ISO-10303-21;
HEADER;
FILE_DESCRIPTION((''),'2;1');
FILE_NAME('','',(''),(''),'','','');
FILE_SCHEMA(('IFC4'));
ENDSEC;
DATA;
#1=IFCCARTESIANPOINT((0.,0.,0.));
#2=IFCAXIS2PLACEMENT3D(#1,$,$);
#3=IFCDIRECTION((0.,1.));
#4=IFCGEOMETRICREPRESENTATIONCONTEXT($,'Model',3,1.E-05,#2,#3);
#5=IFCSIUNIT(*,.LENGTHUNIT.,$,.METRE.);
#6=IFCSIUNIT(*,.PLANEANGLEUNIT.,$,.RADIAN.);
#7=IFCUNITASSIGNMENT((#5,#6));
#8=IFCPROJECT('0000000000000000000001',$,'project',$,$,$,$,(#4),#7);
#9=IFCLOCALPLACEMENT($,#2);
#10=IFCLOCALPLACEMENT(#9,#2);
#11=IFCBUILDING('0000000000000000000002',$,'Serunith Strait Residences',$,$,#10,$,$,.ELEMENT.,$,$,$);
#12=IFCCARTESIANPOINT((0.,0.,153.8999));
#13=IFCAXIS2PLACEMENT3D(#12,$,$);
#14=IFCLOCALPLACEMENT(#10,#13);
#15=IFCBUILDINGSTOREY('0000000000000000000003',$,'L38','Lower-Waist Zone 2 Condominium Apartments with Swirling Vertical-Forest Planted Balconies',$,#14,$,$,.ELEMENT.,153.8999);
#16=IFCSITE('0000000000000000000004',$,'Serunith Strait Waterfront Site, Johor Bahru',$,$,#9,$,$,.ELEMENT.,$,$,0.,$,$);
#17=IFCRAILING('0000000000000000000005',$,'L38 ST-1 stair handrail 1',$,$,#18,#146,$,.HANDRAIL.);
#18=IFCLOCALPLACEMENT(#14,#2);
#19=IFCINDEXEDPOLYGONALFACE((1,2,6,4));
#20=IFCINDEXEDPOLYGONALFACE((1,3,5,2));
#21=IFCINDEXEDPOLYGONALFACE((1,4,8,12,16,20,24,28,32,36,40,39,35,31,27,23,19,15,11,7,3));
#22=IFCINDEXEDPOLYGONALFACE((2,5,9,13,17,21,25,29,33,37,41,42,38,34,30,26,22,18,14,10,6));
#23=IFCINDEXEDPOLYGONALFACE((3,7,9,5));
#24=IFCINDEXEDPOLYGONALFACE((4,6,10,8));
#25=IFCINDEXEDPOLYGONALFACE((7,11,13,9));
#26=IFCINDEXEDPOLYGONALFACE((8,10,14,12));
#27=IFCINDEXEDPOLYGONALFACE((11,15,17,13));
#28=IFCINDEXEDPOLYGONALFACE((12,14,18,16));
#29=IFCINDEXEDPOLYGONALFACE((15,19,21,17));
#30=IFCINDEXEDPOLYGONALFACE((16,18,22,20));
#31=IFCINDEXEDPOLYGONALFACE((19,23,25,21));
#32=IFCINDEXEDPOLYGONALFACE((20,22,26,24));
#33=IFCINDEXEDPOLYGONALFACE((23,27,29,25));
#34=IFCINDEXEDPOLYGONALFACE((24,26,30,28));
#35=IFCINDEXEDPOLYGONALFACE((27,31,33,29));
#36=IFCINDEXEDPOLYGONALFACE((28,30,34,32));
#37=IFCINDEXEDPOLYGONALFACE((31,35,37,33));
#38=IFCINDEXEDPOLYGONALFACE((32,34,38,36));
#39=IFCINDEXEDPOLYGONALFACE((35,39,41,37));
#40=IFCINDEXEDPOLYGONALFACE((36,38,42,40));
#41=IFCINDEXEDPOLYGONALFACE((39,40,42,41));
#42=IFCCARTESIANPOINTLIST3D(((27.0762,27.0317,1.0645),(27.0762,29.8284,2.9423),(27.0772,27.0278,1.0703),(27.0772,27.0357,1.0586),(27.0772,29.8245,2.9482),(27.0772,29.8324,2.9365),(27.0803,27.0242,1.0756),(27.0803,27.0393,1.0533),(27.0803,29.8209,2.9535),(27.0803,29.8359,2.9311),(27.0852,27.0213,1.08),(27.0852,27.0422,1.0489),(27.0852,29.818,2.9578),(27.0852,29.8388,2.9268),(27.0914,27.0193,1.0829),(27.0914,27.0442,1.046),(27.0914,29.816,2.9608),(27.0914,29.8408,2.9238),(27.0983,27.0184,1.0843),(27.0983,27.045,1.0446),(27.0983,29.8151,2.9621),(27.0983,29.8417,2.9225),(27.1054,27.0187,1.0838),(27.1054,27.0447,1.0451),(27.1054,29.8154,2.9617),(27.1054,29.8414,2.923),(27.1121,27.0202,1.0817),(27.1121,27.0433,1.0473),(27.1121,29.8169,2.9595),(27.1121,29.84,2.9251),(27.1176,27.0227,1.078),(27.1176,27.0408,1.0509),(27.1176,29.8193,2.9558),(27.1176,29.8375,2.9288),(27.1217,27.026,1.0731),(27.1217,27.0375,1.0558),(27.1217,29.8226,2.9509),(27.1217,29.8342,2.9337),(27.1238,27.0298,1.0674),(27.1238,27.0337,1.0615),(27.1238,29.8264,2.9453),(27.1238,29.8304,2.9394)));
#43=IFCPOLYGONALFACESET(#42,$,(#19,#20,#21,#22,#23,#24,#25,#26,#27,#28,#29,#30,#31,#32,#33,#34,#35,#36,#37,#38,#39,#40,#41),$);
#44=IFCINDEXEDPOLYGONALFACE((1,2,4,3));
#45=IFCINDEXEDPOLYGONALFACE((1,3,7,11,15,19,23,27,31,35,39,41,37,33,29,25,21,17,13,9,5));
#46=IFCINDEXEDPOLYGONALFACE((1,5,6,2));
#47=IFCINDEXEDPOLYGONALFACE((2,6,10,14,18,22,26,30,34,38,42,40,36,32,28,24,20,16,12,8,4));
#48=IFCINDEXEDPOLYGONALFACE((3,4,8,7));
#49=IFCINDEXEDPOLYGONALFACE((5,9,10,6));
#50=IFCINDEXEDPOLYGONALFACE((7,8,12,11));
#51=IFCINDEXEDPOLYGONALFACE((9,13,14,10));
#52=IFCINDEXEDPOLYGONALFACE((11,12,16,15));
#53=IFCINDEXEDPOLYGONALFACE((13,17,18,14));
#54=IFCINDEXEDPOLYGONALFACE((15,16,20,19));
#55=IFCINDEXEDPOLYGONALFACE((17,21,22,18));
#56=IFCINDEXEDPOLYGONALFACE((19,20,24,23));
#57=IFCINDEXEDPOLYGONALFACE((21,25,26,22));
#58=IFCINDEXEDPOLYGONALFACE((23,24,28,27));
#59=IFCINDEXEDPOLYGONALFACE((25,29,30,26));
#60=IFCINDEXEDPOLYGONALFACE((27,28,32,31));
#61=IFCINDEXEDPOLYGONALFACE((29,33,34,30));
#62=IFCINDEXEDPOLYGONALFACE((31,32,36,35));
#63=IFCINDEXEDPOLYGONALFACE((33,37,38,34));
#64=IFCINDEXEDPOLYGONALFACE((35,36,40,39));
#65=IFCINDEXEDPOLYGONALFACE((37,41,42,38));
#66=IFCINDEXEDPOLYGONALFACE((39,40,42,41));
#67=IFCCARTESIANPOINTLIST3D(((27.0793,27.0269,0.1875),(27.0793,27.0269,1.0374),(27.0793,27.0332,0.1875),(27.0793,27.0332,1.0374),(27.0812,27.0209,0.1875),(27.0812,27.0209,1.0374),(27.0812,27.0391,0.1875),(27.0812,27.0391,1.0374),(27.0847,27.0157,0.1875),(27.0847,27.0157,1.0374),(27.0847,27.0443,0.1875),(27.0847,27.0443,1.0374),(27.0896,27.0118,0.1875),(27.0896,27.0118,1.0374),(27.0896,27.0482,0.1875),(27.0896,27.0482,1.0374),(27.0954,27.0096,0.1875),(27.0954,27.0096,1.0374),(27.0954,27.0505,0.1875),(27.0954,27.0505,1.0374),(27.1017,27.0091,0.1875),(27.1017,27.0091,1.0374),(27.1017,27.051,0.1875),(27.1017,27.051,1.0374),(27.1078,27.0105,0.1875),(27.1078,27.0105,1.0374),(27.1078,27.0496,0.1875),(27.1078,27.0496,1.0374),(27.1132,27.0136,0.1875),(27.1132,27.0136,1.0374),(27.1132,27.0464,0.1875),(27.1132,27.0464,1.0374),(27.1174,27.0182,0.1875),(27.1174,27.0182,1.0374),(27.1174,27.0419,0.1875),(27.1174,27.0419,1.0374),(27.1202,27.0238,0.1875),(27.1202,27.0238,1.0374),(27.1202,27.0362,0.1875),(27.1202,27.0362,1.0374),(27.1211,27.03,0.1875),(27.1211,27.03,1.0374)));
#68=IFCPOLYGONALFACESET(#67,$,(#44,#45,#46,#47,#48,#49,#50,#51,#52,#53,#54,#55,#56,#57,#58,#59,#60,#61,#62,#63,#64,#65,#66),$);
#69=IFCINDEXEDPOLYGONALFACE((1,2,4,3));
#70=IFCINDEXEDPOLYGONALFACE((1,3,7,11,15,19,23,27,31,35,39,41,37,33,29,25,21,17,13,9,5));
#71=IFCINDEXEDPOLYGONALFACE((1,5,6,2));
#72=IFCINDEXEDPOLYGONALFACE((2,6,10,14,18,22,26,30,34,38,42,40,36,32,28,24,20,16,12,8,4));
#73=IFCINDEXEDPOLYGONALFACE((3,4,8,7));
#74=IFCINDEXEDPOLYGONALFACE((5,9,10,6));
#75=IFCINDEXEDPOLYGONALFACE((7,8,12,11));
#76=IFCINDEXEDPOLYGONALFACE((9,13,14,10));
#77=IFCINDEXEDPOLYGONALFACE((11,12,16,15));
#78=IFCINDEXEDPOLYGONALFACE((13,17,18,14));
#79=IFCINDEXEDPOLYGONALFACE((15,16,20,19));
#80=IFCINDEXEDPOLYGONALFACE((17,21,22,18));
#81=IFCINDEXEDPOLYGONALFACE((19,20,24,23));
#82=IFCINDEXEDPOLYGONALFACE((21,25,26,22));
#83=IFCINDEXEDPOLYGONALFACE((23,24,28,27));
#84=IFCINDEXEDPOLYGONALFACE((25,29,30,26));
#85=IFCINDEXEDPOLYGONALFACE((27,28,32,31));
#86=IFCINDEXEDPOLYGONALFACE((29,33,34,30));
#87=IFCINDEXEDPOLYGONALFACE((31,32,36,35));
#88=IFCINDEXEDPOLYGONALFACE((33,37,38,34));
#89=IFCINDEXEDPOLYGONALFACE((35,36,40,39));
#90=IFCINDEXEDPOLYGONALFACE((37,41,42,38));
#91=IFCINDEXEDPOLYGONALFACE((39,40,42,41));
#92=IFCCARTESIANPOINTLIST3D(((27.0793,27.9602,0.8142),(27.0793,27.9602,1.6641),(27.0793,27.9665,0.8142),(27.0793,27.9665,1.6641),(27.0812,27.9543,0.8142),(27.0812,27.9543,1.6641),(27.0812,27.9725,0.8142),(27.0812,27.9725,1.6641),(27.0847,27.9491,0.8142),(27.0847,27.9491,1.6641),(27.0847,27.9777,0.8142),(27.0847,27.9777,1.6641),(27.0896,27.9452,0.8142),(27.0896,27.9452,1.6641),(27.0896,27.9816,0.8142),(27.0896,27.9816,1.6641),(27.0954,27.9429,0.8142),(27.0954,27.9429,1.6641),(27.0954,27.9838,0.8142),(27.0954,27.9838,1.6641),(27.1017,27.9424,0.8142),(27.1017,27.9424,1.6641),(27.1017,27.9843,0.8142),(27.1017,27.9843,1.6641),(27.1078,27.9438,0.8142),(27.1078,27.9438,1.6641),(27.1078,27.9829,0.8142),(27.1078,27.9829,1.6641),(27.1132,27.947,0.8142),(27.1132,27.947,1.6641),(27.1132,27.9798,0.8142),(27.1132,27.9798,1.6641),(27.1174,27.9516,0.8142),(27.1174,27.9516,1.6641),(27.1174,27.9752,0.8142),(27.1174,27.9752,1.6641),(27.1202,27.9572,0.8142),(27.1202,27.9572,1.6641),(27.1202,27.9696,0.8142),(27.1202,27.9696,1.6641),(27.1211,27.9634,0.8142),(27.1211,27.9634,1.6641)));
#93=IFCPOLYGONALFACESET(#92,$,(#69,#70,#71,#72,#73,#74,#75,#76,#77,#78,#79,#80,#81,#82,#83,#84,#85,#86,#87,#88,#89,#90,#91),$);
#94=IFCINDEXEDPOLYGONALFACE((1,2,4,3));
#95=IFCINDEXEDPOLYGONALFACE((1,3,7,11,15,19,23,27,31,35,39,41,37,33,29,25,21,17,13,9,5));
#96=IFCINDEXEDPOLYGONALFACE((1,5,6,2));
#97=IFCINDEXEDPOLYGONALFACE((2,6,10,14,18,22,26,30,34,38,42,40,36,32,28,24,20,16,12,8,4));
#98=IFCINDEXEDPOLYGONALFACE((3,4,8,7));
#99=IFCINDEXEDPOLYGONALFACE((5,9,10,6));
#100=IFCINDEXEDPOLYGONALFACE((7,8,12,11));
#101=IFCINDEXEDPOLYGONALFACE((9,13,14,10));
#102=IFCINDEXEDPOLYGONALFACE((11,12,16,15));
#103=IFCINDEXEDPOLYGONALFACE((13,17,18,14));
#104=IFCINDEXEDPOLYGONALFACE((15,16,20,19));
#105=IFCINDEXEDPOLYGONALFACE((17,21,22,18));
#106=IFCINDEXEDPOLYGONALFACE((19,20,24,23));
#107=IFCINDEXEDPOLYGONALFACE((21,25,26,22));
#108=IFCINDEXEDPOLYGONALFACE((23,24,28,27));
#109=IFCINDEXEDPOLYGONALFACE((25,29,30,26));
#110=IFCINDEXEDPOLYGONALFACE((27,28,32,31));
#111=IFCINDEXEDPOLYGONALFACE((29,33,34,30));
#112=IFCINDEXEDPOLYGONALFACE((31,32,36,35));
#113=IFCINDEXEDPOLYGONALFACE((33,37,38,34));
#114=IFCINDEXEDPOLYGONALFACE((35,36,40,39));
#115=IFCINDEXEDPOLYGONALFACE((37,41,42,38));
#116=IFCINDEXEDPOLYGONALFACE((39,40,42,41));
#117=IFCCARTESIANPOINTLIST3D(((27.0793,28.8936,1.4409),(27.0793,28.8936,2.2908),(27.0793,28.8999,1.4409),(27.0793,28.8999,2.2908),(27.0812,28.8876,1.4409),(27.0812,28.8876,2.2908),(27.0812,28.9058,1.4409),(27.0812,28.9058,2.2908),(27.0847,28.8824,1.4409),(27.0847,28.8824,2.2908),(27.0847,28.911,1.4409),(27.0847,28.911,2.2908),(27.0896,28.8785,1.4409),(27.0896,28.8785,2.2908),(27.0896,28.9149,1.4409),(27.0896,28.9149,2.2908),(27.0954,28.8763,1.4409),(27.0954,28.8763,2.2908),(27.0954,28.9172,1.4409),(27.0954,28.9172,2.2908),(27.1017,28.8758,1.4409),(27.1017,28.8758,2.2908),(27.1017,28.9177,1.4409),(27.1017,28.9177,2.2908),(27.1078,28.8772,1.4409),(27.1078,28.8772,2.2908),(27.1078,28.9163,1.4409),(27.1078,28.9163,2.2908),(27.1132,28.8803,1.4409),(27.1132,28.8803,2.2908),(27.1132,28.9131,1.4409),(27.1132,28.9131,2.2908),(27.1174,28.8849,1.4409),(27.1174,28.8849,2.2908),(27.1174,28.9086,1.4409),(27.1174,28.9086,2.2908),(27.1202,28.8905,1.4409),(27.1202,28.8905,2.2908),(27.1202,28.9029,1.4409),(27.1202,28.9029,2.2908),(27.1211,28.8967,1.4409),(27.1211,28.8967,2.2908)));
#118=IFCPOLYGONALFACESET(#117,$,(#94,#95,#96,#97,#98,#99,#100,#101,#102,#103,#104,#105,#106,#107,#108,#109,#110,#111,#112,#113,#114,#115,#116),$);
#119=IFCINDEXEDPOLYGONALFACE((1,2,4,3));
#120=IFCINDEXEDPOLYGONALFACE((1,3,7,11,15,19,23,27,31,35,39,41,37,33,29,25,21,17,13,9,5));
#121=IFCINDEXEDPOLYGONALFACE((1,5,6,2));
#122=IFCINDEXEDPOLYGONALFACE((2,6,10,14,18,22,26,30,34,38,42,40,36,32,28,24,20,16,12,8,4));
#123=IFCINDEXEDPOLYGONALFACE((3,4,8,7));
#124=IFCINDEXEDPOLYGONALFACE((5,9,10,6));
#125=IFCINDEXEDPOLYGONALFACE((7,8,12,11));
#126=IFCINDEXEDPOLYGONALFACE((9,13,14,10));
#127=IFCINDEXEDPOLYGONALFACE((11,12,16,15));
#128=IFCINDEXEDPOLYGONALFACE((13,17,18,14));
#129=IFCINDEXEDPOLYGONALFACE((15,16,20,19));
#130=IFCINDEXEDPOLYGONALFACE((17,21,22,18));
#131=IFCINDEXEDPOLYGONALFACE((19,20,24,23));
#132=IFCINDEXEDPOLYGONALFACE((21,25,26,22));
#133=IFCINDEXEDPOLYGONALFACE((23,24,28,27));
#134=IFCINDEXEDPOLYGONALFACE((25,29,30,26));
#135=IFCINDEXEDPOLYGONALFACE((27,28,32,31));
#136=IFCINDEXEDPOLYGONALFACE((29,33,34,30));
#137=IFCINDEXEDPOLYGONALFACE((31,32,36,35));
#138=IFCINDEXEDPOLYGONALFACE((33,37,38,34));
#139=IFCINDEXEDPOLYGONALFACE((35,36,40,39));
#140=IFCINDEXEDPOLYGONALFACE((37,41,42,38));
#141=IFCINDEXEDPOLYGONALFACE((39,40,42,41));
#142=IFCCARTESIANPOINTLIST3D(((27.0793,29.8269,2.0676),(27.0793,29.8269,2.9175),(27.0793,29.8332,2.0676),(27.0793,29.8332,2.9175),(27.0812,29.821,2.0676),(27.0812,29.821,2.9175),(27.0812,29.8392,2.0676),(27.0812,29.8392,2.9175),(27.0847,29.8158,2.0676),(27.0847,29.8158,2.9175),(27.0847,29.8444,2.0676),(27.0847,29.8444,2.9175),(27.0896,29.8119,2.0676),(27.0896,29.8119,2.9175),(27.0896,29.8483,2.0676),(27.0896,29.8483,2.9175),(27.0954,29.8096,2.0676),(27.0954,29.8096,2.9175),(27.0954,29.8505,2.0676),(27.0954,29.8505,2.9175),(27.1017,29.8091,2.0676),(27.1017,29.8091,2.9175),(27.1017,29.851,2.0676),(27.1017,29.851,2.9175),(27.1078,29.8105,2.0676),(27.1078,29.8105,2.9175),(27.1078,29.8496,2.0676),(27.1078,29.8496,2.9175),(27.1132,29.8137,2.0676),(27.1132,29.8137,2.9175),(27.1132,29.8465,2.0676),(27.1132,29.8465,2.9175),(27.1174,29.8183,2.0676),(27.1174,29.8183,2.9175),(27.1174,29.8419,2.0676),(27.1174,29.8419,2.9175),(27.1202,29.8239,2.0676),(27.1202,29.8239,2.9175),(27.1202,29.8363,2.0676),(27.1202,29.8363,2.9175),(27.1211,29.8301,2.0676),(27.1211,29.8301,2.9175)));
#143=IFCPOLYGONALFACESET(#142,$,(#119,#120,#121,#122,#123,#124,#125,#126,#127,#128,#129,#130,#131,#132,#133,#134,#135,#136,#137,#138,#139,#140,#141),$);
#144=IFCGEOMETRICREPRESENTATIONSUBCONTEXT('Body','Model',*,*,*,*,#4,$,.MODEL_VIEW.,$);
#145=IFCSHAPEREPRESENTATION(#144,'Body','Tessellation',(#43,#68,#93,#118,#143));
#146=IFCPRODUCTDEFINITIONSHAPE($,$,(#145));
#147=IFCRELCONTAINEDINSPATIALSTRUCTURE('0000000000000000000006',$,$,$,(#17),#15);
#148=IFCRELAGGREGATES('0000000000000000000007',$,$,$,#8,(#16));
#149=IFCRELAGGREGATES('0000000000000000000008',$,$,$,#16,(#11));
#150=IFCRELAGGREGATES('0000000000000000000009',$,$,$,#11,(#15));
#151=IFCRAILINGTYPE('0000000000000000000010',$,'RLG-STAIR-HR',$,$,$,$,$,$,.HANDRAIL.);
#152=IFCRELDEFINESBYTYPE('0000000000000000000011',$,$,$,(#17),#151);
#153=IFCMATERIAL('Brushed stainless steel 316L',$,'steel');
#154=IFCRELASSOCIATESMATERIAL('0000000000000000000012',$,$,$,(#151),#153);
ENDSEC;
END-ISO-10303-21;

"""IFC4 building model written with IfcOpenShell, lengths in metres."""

from ifc_helpers import new_model, si_unit, direction, frame, origin, origin_2d, place, context, subcontext, project, spatial, circle, extrude, material, type_object, element, save


model = new_model("IFC4")

# Units and contexts
model_context = context("Model", 3, precision=1e-05, world=origin(), true_north=direction((0.0, 1.0)))
body_context = subcontext(model_context, "Body", "Model", "MODEL_VIEW")
ifc_project = project(units=[si_unit("LENGTHUNIT", "METRE"), si_unit("PLANEANGLEUNIT", "RADIAN")], contexts=[model_context])

# Site, building, storey
site_placement = place(None, origin())
site = spatial("IfcSite", under=ifc_project, at=site_placement, Name="Serunith Strait Waterfront Site, Johor Bahru", CompositionType="ELEMENT", RefElevation=0.0)
building_placement = place(site_placement, origin())
building = spatial("IfcBuilding", under=site, at=building_placement, Name="Serunith Strait Residences", CompositionType="ELEMENT")
storey_placement = place(building_placement, frame((0.0, 0.0, 153.8999)))
storey = spatial("IfcBuildingStorey", under=building, at=storey_placement, Name="L38", Description="Lower-Waist Zone 2 Condominium Apartments with Swirling Vertical-Forest Planted Balconies", CompositionType="ELEMENT", Elevation=153.8999)

# Railing
ifc_material_1 = material(Name="Brushed stainless steel 316L", Category="steel")
railing_type_1 = type_object("IfcRailingType", Name="RLG-STAIR-HR", PredefinedType="HANDRAIL", material=ifc_material_1)
railing_1_placement = place(storey_placement, frame((27.1001, 27.03, 0.1875)))
element("IfcRailing", 1, at=railing_1_placement, inside=storey, type_object=railing_type_1, Name="L38 ST-1 stair handrail 1", PredefinedType="HANDRAIL", context=body_context, shape_type="SweptSolid", body=[
    extrude(circle(Radius=0.0239, at=origin_2d()), frame((0.0, 0.0017, 0.877), z_axis=(0.0, 0.830208, 0.557453), x_axis=(-1.0, 0.0, 0.0)), (0.0, 0.0, 1.0), 3.3687),
    extrude(circle(Radius=0.021, at=origin_2d()), origin(), (0.0, 0.0, 1.0), 0.8499),
    extrude(circle(Radius=0.021, at=origin_2d()), frame((0.0, 0.9333, 0.6267)), (0.0, 0.0, 1.0), 0.8499),
    extrude(circle(Radius=0.021, at=origin_2d()), frame((0.0, 1.8667, 1.2534)), (0.0, 0.0, 1.0), 0.8499),
    extrude(circle(Radius=0.021, at=origin_2d()), frame((0.0, 2.8, 1.8801)), (0.0, 0.0, 1.0), 0.8499),
])

save(model, "model.ifc")
